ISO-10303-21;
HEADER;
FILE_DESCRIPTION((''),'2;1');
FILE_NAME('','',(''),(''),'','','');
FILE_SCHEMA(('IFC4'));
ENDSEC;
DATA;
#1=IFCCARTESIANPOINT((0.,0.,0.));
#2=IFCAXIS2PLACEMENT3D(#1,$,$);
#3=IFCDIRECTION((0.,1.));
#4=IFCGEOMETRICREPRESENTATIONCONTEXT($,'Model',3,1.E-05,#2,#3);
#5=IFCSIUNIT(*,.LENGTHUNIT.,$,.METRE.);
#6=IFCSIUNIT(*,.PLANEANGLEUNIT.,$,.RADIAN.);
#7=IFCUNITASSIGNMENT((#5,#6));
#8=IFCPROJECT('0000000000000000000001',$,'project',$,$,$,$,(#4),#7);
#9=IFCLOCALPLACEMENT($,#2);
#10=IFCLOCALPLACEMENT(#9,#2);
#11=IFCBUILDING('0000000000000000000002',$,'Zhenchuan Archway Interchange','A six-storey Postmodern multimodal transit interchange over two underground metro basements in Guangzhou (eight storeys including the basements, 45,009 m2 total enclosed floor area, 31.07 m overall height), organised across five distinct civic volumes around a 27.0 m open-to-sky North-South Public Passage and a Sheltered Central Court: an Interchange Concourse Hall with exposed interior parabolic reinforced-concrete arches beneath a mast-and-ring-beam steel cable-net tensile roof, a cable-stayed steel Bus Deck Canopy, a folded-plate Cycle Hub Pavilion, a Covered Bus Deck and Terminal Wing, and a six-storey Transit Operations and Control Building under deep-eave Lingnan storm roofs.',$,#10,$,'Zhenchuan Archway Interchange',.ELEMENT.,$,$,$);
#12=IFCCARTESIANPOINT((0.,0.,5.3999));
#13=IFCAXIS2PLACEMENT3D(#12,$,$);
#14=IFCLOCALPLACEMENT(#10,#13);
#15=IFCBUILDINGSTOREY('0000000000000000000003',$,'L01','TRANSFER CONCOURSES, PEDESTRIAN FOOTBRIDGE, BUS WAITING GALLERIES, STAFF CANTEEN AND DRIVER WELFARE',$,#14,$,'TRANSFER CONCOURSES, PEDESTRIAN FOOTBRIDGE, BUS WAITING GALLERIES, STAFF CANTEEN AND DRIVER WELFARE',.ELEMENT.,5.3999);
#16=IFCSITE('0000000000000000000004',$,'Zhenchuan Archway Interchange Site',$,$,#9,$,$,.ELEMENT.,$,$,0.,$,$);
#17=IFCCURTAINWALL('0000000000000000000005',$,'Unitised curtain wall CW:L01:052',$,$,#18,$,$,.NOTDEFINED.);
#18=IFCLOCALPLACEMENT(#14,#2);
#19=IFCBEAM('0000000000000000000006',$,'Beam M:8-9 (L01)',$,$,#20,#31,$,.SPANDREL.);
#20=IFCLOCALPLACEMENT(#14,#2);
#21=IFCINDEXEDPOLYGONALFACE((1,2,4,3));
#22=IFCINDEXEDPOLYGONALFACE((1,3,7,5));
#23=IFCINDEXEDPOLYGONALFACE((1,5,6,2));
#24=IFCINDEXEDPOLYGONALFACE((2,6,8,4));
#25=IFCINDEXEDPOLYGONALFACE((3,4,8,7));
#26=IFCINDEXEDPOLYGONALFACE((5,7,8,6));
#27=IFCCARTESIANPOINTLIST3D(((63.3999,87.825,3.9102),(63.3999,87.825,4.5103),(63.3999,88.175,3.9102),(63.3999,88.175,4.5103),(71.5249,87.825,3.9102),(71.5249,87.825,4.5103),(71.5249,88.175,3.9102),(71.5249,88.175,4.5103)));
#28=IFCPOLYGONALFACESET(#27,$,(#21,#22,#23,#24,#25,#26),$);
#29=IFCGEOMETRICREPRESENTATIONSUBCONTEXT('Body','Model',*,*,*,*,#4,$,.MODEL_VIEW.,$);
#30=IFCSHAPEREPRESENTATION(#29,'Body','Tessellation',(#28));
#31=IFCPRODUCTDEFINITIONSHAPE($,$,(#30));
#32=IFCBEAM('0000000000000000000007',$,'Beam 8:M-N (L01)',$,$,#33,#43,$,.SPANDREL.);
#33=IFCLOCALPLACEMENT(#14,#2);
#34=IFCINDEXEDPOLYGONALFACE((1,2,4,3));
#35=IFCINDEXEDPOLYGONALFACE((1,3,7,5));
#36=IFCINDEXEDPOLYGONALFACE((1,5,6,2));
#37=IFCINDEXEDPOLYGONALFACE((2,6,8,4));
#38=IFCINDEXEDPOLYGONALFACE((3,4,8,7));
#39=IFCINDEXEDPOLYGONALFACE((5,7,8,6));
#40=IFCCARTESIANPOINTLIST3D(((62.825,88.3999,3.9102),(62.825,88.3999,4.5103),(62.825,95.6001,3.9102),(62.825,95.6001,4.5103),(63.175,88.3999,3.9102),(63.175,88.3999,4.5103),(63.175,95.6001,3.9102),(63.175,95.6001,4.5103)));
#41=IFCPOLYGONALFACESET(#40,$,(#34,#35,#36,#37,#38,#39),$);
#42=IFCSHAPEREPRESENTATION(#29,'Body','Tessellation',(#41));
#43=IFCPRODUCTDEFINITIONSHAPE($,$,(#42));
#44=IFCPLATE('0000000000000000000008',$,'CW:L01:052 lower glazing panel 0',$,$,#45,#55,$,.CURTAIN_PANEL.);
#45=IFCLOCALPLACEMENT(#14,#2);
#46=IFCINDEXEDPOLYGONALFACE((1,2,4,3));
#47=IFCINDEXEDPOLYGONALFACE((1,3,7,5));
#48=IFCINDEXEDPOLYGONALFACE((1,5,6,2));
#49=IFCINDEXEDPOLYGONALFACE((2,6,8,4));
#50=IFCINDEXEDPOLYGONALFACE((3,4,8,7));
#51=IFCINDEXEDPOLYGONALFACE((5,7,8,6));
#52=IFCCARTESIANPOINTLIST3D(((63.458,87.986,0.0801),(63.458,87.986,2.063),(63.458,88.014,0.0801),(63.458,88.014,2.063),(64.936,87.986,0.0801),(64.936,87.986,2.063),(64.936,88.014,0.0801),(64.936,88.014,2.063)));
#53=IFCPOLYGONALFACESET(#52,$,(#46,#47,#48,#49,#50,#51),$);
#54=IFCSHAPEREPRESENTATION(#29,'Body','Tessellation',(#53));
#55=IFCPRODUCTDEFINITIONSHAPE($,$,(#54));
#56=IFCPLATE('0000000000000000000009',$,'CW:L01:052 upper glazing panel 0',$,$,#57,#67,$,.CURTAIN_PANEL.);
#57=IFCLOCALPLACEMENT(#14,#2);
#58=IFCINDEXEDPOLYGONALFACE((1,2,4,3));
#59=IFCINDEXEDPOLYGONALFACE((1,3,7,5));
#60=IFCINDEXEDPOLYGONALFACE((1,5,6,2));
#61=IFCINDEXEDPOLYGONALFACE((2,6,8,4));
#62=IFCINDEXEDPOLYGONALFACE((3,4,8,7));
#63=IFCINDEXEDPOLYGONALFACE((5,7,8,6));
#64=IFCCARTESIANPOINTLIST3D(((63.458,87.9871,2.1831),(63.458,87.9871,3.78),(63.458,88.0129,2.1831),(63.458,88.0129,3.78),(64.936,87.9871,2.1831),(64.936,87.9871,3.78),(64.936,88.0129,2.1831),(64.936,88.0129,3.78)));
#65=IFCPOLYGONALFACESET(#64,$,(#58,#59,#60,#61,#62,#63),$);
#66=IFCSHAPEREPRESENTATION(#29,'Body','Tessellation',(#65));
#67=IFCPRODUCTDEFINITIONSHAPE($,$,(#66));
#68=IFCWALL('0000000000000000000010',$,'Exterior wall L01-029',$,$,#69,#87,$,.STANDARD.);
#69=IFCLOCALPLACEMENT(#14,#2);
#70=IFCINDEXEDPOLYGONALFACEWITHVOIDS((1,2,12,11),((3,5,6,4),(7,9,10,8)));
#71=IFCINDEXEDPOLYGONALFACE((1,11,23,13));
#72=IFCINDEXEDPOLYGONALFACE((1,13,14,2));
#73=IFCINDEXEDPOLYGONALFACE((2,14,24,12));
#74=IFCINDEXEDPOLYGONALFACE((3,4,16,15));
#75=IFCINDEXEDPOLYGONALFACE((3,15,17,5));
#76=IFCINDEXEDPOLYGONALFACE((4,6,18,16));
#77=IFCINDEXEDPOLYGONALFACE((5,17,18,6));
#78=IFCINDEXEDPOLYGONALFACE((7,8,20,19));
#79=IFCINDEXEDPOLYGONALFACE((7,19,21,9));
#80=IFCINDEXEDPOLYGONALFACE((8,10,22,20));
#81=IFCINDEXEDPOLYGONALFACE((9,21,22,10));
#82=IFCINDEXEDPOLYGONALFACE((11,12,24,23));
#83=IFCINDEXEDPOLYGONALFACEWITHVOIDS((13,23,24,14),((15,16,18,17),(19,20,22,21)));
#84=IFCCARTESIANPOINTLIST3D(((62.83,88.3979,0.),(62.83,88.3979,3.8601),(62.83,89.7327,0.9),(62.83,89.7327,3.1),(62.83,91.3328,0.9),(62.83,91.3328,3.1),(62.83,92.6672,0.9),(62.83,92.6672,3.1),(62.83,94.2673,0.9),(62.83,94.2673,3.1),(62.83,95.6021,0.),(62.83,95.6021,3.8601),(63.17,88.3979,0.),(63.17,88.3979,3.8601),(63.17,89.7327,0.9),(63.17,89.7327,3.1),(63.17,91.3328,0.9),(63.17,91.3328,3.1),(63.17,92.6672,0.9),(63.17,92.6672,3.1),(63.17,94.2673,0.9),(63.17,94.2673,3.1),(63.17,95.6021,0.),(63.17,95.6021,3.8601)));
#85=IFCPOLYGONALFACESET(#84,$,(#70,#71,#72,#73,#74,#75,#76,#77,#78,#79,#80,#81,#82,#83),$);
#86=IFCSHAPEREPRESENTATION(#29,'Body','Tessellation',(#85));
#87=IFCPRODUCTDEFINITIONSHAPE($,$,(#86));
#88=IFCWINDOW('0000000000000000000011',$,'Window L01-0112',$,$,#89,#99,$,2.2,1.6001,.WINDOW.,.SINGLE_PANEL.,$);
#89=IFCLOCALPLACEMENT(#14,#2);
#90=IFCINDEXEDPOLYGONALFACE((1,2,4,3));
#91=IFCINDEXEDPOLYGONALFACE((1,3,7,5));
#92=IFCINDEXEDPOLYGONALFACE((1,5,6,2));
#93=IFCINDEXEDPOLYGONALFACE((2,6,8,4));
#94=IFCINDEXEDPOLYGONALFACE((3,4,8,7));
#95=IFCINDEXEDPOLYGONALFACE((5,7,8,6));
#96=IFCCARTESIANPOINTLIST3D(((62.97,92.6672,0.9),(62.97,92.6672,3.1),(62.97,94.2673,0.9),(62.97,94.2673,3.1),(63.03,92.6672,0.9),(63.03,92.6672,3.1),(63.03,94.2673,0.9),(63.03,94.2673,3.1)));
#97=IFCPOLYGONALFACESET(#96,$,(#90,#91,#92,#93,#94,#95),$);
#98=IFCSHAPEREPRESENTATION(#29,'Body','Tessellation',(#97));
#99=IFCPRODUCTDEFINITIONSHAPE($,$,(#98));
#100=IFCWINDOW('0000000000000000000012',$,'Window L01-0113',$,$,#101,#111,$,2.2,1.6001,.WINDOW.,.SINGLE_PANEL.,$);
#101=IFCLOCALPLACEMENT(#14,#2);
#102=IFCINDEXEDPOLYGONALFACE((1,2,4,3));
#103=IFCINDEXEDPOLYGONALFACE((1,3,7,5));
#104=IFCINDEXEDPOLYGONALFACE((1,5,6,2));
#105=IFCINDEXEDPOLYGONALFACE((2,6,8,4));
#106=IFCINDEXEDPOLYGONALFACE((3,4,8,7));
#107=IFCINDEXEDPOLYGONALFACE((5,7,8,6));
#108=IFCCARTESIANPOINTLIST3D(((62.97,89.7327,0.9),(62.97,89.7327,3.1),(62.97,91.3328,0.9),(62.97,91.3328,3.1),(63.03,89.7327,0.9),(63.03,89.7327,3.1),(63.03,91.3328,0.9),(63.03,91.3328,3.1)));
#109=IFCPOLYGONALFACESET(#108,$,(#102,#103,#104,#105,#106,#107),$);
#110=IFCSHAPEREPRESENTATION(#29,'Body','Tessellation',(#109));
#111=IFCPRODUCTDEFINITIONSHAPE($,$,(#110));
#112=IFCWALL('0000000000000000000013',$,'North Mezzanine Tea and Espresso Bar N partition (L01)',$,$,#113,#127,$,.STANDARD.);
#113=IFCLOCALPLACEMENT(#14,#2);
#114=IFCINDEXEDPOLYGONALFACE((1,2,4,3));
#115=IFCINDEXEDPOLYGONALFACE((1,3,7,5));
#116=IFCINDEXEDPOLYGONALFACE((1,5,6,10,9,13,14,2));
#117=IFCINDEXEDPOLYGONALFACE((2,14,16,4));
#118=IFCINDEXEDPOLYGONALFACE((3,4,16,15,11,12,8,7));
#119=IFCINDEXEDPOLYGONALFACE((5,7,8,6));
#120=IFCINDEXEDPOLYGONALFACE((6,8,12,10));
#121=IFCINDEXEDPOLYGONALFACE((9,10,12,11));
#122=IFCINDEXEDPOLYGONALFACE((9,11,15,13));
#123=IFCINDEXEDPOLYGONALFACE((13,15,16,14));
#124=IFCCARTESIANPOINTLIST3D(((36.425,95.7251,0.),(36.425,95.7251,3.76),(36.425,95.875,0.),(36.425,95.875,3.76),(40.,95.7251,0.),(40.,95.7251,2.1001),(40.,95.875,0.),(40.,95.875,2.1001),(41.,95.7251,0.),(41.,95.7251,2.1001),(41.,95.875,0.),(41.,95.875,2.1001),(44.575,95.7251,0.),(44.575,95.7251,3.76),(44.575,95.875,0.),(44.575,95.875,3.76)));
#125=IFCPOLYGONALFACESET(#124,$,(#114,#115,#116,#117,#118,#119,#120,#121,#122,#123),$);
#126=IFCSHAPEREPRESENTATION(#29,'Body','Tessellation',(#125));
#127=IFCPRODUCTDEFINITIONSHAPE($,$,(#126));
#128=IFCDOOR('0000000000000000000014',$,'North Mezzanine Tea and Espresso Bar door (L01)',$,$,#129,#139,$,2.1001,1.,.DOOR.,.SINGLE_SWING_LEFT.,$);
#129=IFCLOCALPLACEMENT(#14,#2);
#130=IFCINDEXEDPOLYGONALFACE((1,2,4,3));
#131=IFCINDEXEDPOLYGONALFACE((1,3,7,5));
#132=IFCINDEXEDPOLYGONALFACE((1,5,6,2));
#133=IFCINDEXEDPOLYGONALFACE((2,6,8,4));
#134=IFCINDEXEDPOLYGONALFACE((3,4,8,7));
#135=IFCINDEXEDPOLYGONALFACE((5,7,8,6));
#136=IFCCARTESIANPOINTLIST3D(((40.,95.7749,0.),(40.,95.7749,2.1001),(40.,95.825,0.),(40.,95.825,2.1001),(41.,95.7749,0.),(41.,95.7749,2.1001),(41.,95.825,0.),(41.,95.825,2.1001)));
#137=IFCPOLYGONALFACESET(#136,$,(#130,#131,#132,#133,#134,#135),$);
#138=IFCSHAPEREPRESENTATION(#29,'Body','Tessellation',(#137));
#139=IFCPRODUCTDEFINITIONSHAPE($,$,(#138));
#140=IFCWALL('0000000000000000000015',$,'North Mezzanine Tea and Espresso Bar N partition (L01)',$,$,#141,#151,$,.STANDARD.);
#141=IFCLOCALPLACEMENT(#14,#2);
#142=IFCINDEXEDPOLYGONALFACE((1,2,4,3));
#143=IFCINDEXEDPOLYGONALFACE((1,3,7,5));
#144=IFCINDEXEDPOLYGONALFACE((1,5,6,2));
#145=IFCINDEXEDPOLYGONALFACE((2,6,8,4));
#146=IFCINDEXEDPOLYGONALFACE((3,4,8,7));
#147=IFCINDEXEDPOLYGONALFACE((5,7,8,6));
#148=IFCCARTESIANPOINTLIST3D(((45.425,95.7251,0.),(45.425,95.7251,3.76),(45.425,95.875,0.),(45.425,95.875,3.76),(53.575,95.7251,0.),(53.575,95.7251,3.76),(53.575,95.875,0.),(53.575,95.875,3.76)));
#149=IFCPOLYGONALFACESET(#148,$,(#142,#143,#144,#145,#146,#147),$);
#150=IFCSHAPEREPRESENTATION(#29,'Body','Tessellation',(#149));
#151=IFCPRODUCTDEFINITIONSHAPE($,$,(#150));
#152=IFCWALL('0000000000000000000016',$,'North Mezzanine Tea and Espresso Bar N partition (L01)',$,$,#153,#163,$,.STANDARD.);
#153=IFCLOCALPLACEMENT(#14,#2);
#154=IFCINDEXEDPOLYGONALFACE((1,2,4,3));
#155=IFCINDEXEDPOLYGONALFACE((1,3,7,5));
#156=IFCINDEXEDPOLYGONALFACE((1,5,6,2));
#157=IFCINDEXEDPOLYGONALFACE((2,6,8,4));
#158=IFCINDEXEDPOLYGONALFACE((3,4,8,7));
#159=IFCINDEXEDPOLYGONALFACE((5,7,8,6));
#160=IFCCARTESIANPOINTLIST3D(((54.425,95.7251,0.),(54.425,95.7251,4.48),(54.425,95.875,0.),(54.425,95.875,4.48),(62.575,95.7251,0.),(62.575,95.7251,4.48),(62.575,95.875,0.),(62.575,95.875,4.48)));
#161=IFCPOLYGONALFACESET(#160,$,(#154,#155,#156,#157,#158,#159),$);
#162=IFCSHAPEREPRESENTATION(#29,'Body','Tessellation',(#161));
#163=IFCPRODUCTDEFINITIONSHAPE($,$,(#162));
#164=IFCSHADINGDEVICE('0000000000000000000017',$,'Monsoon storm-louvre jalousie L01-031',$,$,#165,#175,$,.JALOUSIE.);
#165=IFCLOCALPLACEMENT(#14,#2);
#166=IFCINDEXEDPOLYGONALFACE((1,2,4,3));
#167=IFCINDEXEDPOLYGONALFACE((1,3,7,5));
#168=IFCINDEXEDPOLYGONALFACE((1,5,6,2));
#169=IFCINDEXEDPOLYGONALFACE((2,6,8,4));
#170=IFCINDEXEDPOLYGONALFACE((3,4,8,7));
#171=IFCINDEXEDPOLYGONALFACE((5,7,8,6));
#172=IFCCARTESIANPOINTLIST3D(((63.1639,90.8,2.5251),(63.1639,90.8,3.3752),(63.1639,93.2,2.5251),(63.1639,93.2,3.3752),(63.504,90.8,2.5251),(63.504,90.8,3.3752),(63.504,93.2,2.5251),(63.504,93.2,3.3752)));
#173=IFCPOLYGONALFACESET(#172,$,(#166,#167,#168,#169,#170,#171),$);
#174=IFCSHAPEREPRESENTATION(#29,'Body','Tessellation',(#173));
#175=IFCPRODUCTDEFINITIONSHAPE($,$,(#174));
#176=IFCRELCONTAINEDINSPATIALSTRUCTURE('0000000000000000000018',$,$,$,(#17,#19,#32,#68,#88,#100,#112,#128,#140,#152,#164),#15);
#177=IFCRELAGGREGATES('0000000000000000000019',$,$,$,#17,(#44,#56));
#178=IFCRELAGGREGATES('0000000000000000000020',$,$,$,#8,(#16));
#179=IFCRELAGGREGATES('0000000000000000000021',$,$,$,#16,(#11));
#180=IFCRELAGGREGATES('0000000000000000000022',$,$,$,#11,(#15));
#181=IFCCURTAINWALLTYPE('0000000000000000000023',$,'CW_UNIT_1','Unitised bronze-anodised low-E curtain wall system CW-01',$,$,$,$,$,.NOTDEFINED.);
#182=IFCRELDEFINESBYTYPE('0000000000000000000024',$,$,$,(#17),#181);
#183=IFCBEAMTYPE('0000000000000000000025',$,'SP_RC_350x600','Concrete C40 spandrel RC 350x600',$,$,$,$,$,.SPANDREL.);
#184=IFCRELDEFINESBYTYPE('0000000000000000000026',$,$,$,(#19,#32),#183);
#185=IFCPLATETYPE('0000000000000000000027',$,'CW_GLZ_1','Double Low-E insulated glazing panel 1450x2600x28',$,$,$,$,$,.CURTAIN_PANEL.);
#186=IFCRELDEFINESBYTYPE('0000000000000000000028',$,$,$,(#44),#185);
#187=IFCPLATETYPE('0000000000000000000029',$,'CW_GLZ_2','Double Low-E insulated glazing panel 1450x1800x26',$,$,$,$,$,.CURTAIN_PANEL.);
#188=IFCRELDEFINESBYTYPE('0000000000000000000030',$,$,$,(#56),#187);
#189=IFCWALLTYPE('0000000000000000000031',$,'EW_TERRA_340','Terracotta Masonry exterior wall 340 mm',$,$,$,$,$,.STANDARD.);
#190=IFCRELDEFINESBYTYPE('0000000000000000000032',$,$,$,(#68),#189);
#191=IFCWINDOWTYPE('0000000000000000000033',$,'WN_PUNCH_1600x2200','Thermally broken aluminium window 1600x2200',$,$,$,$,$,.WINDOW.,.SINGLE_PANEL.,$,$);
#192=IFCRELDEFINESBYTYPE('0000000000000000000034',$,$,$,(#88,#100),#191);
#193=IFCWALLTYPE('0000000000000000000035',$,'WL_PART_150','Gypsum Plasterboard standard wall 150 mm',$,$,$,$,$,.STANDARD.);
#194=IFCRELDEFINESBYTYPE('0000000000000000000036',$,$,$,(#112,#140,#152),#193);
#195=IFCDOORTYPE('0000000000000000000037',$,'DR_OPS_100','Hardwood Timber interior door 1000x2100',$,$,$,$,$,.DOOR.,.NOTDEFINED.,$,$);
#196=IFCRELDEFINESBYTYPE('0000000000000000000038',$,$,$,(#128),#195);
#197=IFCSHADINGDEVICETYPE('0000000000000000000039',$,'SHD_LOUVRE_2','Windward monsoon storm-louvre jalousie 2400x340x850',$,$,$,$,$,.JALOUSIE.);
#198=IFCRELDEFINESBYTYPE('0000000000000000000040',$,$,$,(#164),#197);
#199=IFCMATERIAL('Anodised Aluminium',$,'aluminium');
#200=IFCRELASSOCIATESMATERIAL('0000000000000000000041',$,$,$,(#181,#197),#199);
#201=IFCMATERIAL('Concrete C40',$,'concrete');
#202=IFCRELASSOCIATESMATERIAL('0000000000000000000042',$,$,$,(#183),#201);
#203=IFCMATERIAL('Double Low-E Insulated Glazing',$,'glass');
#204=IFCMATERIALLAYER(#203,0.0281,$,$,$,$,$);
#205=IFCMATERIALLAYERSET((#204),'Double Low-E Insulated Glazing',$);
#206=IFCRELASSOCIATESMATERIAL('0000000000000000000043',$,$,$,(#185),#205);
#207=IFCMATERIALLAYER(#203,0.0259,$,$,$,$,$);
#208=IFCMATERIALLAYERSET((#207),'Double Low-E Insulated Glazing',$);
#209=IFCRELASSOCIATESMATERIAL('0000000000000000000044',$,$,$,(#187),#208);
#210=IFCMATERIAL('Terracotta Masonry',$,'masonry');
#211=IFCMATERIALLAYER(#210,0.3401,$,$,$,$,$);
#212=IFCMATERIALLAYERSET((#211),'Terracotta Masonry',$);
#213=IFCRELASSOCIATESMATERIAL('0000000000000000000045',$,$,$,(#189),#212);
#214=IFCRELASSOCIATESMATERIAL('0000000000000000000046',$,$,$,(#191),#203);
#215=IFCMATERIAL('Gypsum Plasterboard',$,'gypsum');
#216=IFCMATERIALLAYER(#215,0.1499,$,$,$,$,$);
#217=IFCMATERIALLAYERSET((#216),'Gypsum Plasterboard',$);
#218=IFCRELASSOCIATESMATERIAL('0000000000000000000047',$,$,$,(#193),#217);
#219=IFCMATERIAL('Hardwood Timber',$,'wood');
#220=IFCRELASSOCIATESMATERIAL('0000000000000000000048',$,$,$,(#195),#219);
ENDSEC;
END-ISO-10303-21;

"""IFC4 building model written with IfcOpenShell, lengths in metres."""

from ifc_helpers import new_model, si_unit, direction, frame, frame_2d, origin, origin_2d, place, context, subcontext, project, spatial, rectangle, extrude, material, layer, layer_set, material_profile, profile_set, type_object, element, fill, aggregate, save


model = new_model("IFC4")

# Units and contexts
model_context = context("Model", 3, precision=1e-05, world=origin(), true_north=direction((0.0, 1.0)))
body_context = subcontext(model_context, "Body", "Model", "MODEL_VIEW")
ifc_project = project(units=[si_unit("LENGTHUNIT", "METRE"), si_unit("PLANEANGLEUNIT", "RADIAN")], contexts=[model_context])

# Site, building, storey
site_placement = place(None, origin())
site = spatial("IfcSite", under=ifc_project, at=site_placement, Name="Zhenchuan Archway Interchange Site", CompositionType="ELEMENT", RefElevation=0.0)
building_placement = place(site_placement, origin())
building = spatial("IfcBuilding", under=site, at=building_placement, Name="Zhenchuan Archway Interchange", Description="A six-storey Postmodern multimodal transit interchange over two underground metro basements in Guangzhou (eight storeys including the basements, 45,009 m2 total enclosed floor area, 31.07 m overall height), organised across five distinct civic volumes around a 27.0 m open-to-sky North-South Public Passage and a Sheltered Central Court: an Interchange Concourse Hall with exposed interior parabolic reinforced-concrete arches beneath a mast-and-ring-beam steel cable-net tensile roof, a cable-stayed steel Bus Deck Canopy, a folded-plate Cycle Hub Pavilion, a Covered Bus Deck and Terminal Wing, and a six-storey Transit Operations and Control Building under deep-eave Lingnan storm roofs.", LongName="Zhenchuan Archway Interchange", CompositionType="ELEMENT")
storey_placement = place(building_placement, frame((0.0, 0.0, 5.3999)))
storey = spatial("IfcBuildingStorey", under=building, at=storey_placement, Name="L01", Description="TRANSFER CONCOURSES, PEDESTRIAN FOOTBRIDGE, BUS WAITING GALLERIES, STAFF CANTEEN AND DRIVER WELFARE", LongName="TRANSFER CONCOURSES, PEDESTRIAN FOOTBRIDGE, BUS WAITING GALLERIES, STAFF CANTEEN AND DRIVER WELFARE", CompositionType="ELEMENT", Elevation=5.3999)

# Shared definitions
ifc_material_1 = material(Name="Concrete C40", Category="concrete")

# Curtain wall
ifc_material_2 = material(Name="Anodised Aluminium", Category="aluminium")
curtain_wall_type = type_object("IfcCurtainWallType", Name="CW_UNIT_1", Description="Unitised bronze-anodised low-E curtain wall system CW-01", PredefinedType="NOTDEFINED", material=ifc_material_2)
curtain_wall_placement = place(storey_placement, origin())
curtain_wall = element("IfcCurtainWall", 1, at=curtain_wall_placement, inside=storey, type_object=curtain_wall_type, Name="Unitised curtain wall CW:L01:052", PredefinedType="NOTDEFINED")

# Beams
ifc_material_profile_1 = material_profile(ifc_material_1, rectangle(XDim=0.3501, YDim=0.6001, at=origin_2d()), Name="RC 350x600")
ifc_profile_set_1 = profile_set([ifc_material_profile_1], Name="Concrete C40")
beam_type_1 = type_object("IfcBeamType", Name="SP_RC_350x600", Description="Concrete C40 spandrel RC 350x600", PredefinedType="SPANDREL", material=ifc_profile_set_1)
beam_1_placement = place(storey_placement, frame((63.3999, 88.0, 4.2102), z_axis=(1.0, 0.0, 0.0), x_axis=(0.0, 1.0, 0.0)))
element("IfcBeam", 2, at=beam_1_placement, inside=storey, type_object=beam_type_1, Name="Beam M:8-9 (L01)", PredefinedType="SPANDREL", context=body_context, shape_type="SweptSolid", body=[
    extrude(rectangle(XDim=0.3501, YDim=0.6001, at=origin_2d()), origin(), (0.0, 0.0, 1.0), 8.125),
])
beam_2_placement = place(storey_placement, frame((63.0, 88.3999, 4.2102), z_axis=(0.0, 1.0, 0.0), x_axis=(-1.0, 0.0, 0.0)))
element("IfcBeam", 3, at=beam_2_placement, inside=storey, type_object=beam_type_1, Name="Beam 8:M-N (L01)", PredefinedType="SPANDREL", context=body_context, shape_type="SweptSolid", body=[
    extrude(rectangle(XDim=0.3501, YDim=0.6001, at=origin_2d()), origin(), (0.0, 0.0, 1.0), 7.2002),
])

# Plates
ifc_material_3 = material(Name="Double Low-E Insulated Glazing", Category="glass")
ifc_layer_1 = layer(ifc_material_3, 0.0281)
ifc_layer_set_1 = layer_set([ifc_layer_1], Name="Double Low-E Insulated Glazing")
plate_type_1 = type_object("IfcPlateType", Name="CW_GLZ_1", Description="Double Low-E insulated glazing panel 1450x2600x28", PredefinedType="CURTAIN_PANEL", material=ifc_layer_set_1)
plate_1_placement = place(storey_placement, frame((64.197, 88.0, 0.0801), z_axis=(0.0, 0.0, 1.0), x_axis=(1.0, 0.0, 0.0)))
plate_1 = element("IfcPlate", 4, at=plate_1_placement, type_object=plate_type_1, Name="CW:L01:052 lower glazing panel 0", PredefinedType="CURTAIN_PANEL", context=body_context, shape_type="SweptSolid", body=[
    extrude(rectangle(XDim=1.478, YDim=0.0281, at=origin_2d()), origin(), (0.0, 0.0, 1.0), 1.9829),
])
ifc_layer_2 = layer(ifc_material_3, 0.0259)
ifc_layer_set_2 = layer_set([ifc_layer_2], Name="Double Low-E Insulated Glazing")
plate_type_2 = type_object("IfcPlateType", Name="CW_GLZ_2", Description="Double Low-E insulated glazing panel 1450x1800x26", PredefinedType="CURTAIN_PANEL", material=ifc_layer_set_2)
plate_2_placement = place(storey_placement, frame((64.197, 88.0, 2.1831), z_axis=(0.0, 0.0, 1.0), x_axis=(1.0, 0.0, 0.0)))
plate_2 = element("IfcPlate", 5, at=plate_2_placement, type_object=plate_type_2, Name="CW:L01:052 upper glazing panel 0", PredefinedType="CURTAIN_PANEL", context=body_context, shape_type="SweptSolid", body=[
    extrude(rectangle(XDim=1.478, YDim=0.0259, at=origin_2d()), origin(), (0.0, 0.0, 1.0), 1.5969),
])
aggregate(curtain_wall, [plate_1, plate_2])

# Wall, openings, windows
ifc_material_4 = material(Name="Terracotta Masonry", Category="masonry")
ifc_layer_3 = layer(ifc_material_4, 0.3401)
ifc_layer_set_3 = layer_set([ifc_layer_3], Name="Terracotta Masonry")
wall_type_1 = type_object("IfcWallType", Name="EW_TERRA_340", Description="Terracotta Masonry exterior wall 340 mm", PredefinedType="STANDARD", material=ifc_layer_set_3)
wall_1_placement = place(storey_placement, frame((63.0, 95.6021, 0.0), z_axis=(0.0, 0.0, 1.0), x_axis=(0.0, -1.0, 0.0)))
wall_1 = element("IfcWall", 6, at=wall_1_placement, inside=storey, type_object=wall_type_1, Name="Exterior wall L01-029", PredefinedType="STANDARD", context=body_context, shape_type="SweptSolid", body=[
    extrude(rectangle(XDim=7.2041, YDim=0.3401, at=frame_2d((3.6021, 0.0))), origin(), (0.0, 0.0, 1.0), 3.8601),
])
opening_1_placement = place(wall_1_placement, frame((1.3347, 0.0, 0.8999)))
opening_1 = element("IfcOpeningElement", 7, at=opening_1_placement, cuts=wall_1, PredefinedType="OPENING", context=body_context, shape_type="SweptSolid", body=[
    extrude(rectangle(XDim=1.6001, YDim=2.2, at=frame_2d((0.8, 1.1001))), frame((0.0, 0.1821, 0.0), z_axis=(0.0, -1.0, 0.0), x_axis=(1.0, 0.0, 0.0)), (0.0, 0.0, 1.0), 0.364),
])
opening_2_placement = place(wall_1_placement, frame((4.2693, 0.0, 0.8999)))
opening_2 = element("IfcOpeningElement", 8, at=opening_2_placement, cuts=wall_1, PredefinedType="OPENING", context=body_context, shape_type="SweptSolid", body=[
    extrude(rectangle(XDim=1.6001, YDim=2.2, at=frame_2d((0.8, 1.1001))), frame((0.0, 0.1821, 0.0), z_axis=(0.0, -1.0, 0.0), x_axis=(1.0, 0.0, 0.0)), (0.0, 0.0, 1.0), 0.364),
])
window_type = type_object("IfcWindowType", Name="WN_PUNCH_1600x2200", Description="Thermally broken aluminium window 1600x2200", PartitioningType="SINGLE_PANEL", PredefinedType="WINDOW", material=ifc_material_3)
window_1_placement = place(opening_1_placement, origin())
window_1 = element("IfcWindow", 9, at=window_1_placement, inside=storey, type_object=window_type, Name="Window L01-0112", OverallHeight=2.2, OverallWidth=1.6001, PartitioningType="SINGLE_PANEL", PredefinedType="WINDOW", context=body_context, shape_type="SweptSolid", body=[
    extrude(rectangle(XDim=1.6001, YDim=2.2, at=frame_2d((0.8, 1.1001))), frame((0.0, 0.03, 0.0), z_axis=(0.0, -1.0, 0.0), x_axis=(1.0, 0.0, 0.0)), (0.0, 0.0, 1.0), 0.0601),
])
fill(opening_1, window_1)
window_2_placement = place(opening_2_placement, origin())
window_2 = element("IfcWindow", 10, at=window_2_placement, inside=storey, type_object=window_type, Name="Window L01-0113", OverallHeight=2.2, OverallWidth=1.6001, PartitioningType="SINGLE_PANEL", PredefinedType="WINDOW", context=body_context, shape_type="SweptSolid", body=[
    extrude(rectangle(XDim=1.6001, YDim=2.2, at=frame_2d((0.8, 1.1001))), frame((0.0, 0.03, 0.0), z_axis=(0.0, -1.0, 0.0), x_axis=(1.0, 0.0, 0.0)), (0.0, 0.0, 1.0), 0.0601),
])
fill(opening_2, window_2)

# Wall, opening, door
ifc_material_5 = material(Name="Gypsum Plasterboard", Category="gypsum")
ifc_layer_4 = layer(ifc_material_5, 0.1499)
ifc_layer_set_4 = layer_set([ifc_layer_4], Name="Gypsum Plasterboard")
wall_type_2 = type_object("IfcWallType", Name="WL_PART_150", Description="Gypsum Plasterboard standard wall 150 mm", PredefinedType="STANDARD", material=ifc_layer_set_4)
wall_2_placement = place(storey_placement, frame((36.425, 95.8, 0.0), z_axis=(0.0, 0.0, 1.0), x_axis=(1.0, 0.0, 0.0)))
wall_2 = element("IfcWall", 11, at=wall_2_placement, inside=storey, type_object=wall_type_2, Name="North Mezzanine Tea and Espresso Bar N partition (L01)", PredefinedType="STANDARD", context=body_context, shape_type="SweptSolid", body=[
    extrude(rectangle(XDim=8.1499, YDim=0.1499, at=frame_2d((4.075, 0.0))), origin(), (0.0, 0.0, 1.0), 3.76),
])
opening_3_placement = place(wall_2_placement, frame((3.575, 0.0, 0.0)))
opening_3 = element("IfcOpeningElement", 12, at=opening_3_placement, cuts=wall_2, PredefinedType="OPENING", context=body_context, shape_type="SweptSolid", body=[
    extrude(rectangle(XDim=1.0, YDim=2.1001, at=frame_2d((0.5, 1.05))), frame((0.0, 0.0869, 0.0), z_axis=(0.0, -1.0, 0.0), x_axis=(1.0, 0.0, 0.0)), (0.0, 0.0, 1.0), 0.1738),
])
ifc_material_6 = material(Name="Hardwood Timber", Category="wood")
door_type = type_object("IfcDoorType", Name="DR_OPS_100", Description="Hardwood Timber interior door 1000x2100", OperationType="NOTDEFINED", PredefinedType="DOOR", material=ifc_material_6)
door_placement = place(opening_3_placement, origin())
door = element("IfcDoor", 13, at=door_placement, inside=storey, type_object=door_type, Name="North Mezzanine Tea and Espresso Bar door (L01)", OperationType="SINGLE_SWING_LEFT", OverallHeight=2.1001, OverallWidth=1.0, PredefinedType="DOOR", context=body_context, shape_type="SweptSolid", body=[
    extrude(rectangle(XDim=1.0, YDim=2.1001, at=frame_2d((0.5, 1.05))), frame((0.0, 0.0249, 0.0), z_axis=(0.0, -1.0, 0.0), x_axis=(1.0, 0.0, 0.0)), (0.0, 0.0, 1.0), 0.05),
])
fill(opening_3, door)

# Walls
wall_3_placement = place(storey_placement, frame((45.425, 95.8, 0.0), z_axis=(0.0, 0.0, 1.0), x_axis=(1.0, 0.0, 0.0)))
element("IfcWall", 14, at=wall_3_placement, inside=storey, type_object=wall_type_2, Name="North Mezzanine Tea and Espresso Bar N partition (L01)", PredefinedType="STANDARD", context=body_context, shape_type="SweptSolid", body=[
    extrude(rectangle(XDim=8.1499, YDim=0.1499, at=frame_2d((4.075, 0.0))), origin(), (0.0, 0.0, 1.0), 3.76),
])
wall_4_placement = place(storey_placement, frame((54.425, 95.8, 0.0), z_axis=(0.0, 0.0, 1.0), x_axis=(1.0, 0.0, 0.0)))
element("IfcWall", 15, at=wall_4_placement, inside=storey, type_object=wall_type_2, Name="North Mezzanine Tea and Espresso Bar N partition (L01)", PredefinedType="STANDARD", context=body_context, shape_type="SweptSolid", body=[
    extrude(rectangle(XDim=8.1499, YDim=0.1499, at=frame_2d((4.075, 0.0))), origin(), (0.0, 0.0, 1.0), 4.48),
])

# Shading device
shading_device_type = type_object("IfcShadingDeviceType", Name="SHD_LOUVRE_2", Description="Windward monsoon storm-louvre jalousie 2400x340x850", PredefinedType="JALOUSIE", material=ifc_material_2)
shading_device_placement = place(storey_placement, frame((63.334, 92.0, 2.5251), z_axis=(0.0, 0.0, 1.0), x_axis=(0.0, -1.0, 0.0)))
element("IfcShadingDevice", 16, at=shading_device_placement, inside=storey, type_object=shading_device_type, Name="Monsoon storm-louvre jalousie L01-031", PredefinedType="JALOUSIE", context=body_context, shape_type="SweptSolid", body=[
    extrude(rectangle(XDim=2.3999, YDim=0.3401, at=origin_2d()), origin(), (0.0, 0.0, 1.0), 0.8501),
])

save(model, "model.ifc")
